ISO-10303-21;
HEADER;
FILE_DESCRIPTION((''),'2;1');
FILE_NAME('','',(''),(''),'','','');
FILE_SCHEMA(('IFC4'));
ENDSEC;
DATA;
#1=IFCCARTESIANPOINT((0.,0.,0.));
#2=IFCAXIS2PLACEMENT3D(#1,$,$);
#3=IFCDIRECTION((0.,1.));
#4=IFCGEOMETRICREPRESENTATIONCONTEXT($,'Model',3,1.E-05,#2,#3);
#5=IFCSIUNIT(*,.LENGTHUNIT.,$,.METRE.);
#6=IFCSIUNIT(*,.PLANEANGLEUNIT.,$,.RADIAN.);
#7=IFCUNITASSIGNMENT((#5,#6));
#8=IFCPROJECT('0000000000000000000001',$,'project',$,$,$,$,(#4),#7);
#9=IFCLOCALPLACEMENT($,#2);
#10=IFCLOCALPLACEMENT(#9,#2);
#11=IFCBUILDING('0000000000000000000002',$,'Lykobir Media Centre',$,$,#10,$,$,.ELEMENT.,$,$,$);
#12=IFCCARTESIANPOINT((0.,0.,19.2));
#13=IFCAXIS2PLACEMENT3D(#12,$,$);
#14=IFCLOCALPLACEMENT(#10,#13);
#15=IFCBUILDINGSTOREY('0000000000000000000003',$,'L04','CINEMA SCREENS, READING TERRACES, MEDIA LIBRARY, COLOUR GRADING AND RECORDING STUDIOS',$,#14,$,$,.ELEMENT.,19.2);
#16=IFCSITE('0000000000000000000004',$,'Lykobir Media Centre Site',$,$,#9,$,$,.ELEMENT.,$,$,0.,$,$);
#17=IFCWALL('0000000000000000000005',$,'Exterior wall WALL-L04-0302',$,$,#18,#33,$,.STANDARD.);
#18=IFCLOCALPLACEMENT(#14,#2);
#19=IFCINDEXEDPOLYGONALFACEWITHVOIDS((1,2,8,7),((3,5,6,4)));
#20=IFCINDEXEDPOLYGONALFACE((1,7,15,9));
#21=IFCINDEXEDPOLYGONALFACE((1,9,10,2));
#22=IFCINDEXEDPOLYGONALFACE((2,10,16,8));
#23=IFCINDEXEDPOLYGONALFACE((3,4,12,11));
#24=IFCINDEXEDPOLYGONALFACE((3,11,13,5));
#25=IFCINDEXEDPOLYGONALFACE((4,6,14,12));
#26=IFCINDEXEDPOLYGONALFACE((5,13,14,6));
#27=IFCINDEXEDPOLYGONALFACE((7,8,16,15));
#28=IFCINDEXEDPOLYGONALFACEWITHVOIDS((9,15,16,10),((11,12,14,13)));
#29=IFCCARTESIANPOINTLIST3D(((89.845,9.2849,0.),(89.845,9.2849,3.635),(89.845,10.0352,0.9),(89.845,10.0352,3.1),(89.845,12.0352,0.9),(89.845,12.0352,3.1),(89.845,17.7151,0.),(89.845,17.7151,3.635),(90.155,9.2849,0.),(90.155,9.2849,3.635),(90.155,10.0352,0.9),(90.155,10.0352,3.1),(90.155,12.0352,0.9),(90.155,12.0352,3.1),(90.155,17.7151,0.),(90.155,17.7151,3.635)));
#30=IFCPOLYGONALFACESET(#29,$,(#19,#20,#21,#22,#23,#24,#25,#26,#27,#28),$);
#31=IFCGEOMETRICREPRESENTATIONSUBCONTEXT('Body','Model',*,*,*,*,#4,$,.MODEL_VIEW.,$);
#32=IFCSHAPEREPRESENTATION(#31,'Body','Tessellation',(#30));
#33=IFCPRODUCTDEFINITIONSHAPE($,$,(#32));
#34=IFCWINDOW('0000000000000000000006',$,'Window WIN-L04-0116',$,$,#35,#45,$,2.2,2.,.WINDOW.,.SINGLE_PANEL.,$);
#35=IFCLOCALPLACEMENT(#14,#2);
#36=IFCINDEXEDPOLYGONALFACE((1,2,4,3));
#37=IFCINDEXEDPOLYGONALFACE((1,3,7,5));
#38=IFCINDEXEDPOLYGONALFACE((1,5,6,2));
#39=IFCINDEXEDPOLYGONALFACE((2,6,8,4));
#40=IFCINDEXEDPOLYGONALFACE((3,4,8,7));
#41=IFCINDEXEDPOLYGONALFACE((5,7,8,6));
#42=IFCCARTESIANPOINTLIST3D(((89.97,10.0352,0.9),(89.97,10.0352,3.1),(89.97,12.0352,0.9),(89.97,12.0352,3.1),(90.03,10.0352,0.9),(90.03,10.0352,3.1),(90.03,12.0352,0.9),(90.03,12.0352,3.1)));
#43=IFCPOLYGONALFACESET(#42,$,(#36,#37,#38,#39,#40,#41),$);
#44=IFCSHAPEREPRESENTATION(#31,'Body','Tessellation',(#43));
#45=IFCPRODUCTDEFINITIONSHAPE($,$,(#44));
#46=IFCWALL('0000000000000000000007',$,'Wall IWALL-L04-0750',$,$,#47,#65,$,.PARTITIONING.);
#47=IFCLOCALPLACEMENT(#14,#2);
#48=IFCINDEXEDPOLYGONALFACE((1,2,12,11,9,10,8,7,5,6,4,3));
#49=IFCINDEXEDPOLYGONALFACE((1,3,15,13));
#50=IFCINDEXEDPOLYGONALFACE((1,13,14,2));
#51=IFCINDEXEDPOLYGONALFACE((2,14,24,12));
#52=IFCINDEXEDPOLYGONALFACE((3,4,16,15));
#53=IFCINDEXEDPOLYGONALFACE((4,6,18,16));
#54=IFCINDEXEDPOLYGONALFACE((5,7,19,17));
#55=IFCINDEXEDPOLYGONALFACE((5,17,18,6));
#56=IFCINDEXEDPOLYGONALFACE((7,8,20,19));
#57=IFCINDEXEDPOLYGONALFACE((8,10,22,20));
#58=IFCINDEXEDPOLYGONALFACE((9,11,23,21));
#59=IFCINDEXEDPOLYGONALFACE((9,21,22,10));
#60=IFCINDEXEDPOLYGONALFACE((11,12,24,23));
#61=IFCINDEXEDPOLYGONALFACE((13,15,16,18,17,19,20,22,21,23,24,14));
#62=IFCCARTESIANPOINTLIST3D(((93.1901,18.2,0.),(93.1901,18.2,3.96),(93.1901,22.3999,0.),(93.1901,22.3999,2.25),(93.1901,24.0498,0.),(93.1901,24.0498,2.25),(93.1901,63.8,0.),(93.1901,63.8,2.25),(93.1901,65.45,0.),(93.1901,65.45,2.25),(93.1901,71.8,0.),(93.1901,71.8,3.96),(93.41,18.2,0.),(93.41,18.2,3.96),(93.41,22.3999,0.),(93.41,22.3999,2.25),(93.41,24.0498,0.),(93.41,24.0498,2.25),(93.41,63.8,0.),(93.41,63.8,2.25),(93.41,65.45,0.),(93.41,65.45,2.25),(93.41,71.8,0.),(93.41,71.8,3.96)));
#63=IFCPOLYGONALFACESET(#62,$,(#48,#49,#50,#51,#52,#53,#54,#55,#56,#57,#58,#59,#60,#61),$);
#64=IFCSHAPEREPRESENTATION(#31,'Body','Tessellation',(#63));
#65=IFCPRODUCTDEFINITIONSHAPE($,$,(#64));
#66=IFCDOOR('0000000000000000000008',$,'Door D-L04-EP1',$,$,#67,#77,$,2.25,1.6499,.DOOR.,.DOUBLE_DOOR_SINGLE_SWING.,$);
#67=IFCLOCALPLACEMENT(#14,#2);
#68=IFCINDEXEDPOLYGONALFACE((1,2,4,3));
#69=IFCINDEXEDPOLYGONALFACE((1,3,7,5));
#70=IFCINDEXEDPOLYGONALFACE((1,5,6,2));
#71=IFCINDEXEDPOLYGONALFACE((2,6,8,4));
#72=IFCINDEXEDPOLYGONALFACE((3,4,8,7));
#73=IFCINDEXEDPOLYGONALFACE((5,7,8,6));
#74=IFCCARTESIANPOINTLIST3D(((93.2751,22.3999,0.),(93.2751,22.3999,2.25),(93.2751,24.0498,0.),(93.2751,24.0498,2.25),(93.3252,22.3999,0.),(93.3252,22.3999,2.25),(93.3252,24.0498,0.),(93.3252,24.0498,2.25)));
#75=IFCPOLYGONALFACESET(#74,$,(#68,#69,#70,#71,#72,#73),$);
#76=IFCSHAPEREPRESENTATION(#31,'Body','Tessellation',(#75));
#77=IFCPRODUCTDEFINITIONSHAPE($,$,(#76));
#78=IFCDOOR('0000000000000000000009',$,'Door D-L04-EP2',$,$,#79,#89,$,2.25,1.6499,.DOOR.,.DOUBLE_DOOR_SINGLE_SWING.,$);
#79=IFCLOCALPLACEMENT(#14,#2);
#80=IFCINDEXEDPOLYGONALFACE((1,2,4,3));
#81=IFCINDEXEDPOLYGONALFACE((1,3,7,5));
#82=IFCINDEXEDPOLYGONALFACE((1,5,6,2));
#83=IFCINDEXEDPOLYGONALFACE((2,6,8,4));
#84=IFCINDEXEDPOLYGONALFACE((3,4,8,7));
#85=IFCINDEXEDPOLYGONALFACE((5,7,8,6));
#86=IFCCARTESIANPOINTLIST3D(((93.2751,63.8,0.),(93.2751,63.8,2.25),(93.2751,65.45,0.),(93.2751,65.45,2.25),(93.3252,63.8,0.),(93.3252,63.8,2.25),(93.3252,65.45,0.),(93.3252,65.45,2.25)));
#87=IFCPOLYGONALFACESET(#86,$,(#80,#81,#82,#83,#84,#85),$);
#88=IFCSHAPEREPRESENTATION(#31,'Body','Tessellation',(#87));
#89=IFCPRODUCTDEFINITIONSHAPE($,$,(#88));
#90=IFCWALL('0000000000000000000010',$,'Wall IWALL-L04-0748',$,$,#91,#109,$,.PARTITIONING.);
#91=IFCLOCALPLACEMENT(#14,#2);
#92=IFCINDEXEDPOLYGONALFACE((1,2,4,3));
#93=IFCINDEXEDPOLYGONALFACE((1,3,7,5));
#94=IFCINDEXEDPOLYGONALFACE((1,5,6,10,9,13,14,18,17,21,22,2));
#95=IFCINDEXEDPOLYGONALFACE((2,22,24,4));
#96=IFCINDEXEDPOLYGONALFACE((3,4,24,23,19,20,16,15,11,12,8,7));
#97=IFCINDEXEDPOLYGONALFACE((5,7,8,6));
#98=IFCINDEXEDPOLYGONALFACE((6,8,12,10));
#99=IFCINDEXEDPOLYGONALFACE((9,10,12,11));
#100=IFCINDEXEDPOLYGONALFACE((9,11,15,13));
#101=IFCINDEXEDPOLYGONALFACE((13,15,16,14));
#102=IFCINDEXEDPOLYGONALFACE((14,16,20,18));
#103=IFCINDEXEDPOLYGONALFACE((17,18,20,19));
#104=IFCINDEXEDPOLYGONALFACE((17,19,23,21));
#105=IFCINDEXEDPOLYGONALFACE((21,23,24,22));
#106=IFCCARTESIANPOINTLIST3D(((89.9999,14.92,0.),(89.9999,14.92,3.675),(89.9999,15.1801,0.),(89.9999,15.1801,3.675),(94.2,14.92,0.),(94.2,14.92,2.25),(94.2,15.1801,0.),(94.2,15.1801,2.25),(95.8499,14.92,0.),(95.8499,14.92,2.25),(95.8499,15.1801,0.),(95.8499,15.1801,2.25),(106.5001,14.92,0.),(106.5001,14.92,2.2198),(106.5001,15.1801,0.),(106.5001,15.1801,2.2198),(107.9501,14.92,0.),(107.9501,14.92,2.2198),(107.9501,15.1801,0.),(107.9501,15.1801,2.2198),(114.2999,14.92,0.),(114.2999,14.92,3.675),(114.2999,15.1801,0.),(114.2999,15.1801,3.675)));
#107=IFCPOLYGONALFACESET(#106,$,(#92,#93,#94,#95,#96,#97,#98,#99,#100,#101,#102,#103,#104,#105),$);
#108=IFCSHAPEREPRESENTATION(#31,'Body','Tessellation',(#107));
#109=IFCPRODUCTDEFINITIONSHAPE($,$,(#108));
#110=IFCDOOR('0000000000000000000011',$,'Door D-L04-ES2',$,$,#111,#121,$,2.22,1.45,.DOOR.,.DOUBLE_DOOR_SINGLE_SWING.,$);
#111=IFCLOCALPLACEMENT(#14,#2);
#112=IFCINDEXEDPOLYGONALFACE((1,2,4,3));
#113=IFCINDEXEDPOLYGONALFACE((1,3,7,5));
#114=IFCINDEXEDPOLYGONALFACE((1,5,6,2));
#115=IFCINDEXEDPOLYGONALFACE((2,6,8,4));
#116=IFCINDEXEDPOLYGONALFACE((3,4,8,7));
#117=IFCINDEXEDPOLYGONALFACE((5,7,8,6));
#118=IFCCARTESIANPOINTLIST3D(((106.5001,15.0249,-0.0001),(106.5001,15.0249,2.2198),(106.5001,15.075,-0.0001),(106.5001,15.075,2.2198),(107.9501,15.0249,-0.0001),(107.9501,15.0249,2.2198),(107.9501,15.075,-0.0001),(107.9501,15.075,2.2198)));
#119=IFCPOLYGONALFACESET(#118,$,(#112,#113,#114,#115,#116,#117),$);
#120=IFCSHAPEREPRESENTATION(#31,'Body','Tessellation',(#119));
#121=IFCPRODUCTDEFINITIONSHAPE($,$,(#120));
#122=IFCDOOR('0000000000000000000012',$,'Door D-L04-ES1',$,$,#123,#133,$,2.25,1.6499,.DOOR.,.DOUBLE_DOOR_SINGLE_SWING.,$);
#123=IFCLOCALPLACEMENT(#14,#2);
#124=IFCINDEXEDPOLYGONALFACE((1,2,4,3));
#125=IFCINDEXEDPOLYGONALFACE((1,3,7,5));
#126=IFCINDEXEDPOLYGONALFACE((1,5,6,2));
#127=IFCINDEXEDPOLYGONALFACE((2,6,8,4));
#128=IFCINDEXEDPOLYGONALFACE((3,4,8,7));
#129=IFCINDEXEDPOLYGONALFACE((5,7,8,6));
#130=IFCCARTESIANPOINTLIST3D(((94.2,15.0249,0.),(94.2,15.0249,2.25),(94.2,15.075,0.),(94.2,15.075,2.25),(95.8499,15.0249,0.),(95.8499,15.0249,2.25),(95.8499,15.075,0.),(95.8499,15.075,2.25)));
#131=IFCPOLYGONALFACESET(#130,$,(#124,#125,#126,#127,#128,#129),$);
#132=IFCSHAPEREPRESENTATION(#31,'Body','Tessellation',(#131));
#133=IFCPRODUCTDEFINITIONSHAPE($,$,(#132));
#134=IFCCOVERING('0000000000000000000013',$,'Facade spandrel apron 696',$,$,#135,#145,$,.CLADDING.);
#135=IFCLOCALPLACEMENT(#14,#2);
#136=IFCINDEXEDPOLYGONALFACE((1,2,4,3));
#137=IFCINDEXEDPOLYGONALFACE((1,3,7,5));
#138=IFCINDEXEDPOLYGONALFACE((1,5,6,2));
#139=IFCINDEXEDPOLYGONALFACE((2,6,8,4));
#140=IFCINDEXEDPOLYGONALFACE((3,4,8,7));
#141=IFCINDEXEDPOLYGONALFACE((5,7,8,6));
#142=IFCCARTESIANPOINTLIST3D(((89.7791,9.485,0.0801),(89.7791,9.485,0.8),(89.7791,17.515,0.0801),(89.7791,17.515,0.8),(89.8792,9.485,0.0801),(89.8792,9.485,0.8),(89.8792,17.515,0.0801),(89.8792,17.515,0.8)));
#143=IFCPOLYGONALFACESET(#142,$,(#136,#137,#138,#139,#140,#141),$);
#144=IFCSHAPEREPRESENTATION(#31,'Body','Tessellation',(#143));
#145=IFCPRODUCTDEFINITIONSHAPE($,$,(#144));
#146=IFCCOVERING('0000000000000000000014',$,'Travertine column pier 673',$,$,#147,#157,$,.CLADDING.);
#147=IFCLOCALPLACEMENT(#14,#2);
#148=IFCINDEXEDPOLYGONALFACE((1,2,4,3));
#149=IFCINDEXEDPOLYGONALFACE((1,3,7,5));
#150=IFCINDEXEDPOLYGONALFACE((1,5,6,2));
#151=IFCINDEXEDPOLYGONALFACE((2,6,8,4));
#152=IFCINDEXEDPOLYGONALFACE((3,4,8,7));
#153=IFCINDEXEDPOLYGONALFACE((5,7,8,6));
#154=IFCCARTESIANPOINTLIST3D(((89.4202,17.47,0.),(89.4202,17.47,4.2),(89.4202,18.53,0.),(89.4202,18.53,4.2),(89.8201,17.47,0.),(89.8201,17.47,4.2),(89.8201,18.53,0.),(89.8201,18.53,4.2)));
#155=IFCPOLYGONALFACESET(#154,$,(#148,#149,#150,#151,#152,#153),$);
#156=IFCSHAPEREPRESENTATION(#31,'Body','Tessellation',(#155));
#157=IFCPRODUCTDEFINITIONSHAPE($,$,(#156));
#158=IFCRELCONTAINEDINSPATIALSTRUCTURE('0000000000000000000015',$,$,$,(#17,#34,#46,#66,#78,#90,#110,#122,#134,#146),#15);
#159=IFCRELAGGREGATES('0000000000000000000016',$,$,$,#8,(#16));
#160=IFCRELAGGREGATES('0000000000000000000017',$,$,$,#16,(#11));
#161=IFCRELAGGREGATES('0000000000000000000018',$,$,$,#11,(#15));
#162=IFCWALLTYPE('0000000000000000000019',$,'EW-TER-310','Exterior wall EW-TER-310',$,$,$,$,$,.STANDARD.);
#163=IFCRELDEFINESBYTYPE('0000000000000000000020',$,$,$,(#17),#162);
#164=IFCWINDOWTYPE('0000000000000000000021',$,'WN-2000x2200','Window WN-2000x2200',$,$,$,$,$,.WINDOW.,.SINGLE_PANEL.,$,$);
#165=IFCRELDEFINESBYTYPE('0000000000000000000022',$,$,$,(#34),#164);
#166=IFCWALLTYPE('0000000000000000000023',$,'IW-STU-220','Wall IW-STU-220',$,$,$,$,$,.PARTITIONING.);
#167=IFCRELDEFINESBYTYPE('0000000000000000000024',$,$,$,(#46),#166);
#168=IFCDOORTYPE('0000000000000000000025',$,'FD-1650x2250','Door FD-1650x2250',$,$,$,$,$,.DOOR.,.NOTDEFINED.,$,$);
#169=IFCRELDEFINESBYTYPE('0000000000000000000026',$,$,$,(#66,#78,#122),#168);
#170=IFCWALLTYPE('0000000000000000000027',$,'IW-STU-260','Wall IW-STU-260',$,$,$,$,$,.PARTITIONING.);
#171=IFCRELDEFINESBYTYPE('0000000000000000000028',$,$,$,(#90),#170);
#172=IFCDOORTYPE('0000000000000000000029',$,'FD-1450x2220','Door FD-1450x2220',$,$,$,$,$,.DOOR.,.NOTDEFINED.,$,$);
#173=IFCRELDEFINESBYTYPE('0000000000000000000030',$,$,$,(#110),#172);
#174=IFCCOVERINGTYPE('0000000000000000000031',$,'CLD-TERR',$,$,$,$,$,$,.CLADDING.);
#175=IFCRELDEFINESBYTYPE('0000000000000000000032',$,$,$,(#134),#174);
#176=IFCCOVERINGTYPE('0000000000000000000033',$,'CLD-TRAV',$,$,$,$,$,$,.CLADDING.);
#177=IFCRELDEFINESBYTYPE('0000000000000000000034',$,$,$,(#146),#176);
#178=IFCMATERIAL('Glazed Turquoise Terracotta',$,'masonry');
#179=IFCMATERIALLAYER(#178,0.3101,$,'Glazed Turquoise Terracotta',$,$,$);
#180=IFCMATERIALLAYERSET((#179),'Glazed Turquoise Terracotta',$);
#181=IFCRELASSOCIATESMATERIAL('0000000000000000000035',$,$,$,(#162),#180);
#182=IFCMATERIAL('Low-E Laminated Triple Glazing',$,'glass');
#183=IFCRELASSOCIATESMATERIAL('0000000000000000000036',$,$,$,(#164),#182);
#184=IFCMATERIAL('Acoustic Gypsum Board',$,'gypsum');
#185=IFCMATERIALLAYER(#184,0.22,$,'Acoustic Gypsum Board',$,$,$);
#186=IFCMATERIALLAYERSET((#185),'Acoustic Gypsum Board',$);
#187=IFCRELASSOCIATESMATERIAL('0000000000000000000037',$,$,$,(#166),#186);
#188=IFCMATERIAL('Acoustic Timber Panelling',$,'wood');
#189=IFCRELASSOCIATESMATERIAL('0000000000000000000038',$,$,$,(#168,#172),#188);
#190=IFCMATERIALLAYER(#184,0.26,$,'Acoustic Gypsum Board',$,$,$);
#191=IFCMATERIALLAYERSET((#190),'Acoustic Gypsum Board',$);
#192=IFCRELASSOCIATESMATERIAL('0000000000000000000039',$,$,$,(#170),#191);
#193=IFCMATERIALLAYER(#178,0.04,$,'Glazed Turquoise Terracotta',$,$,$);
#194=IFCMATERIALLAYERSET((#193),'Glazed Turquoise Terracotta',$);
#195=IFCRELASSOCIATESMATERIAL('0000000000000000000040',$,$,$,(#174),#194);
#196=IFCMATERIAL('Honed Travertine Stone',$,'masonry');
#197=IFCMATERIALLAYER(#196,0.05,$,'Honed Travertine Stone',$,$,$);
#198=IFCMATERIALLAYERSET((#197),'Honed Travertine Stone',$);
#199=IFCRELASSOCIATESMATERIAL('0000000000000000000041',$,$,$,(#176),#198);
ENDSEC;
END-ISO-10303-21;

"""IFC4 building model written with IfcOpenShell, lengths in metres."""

from ifc_helpers import new_model, si_unit, direction, frame, frame_2d, origin, origin_2d, place, context, subcontext, project, spatial, rectangle, extrude, material, layer, layer_set, type_object, element, fill, save


model = new_model("IFC4")

# Units and contexts
model_context = context("Model", 3, precision=1e-05, world=origin(), true_north=direction((0.0, 1.0)))
body_context = subcontext(model_context, "Body", "Model", "MODEL_VIEW")
ifc_project = project(units=[si_unit("LENGTHUNIT", "METRE"), si_unit("PLANEANGLEUNIT", "RADIAN")], contexts=[model_context])

# Site, building, storey
site_placement = place(None, origin())
site = spatial("IfcSite", under=ifc_project, at=site_placement, Name="Lykobir Media Centre Site", CompositionType="ELEMENT", RefElevation=0.0)
building_placement = place(site_placement, origin())
building = spatial("IfcBuilding", under=site, at=building_placement, Name="Lykobir Media Centre", CompositionType="ELEMENT")
storey_placement = place(building_placement, frame((0.0, 0.0, 19.2)))
storey = spatial("IfcBuildingStorey", under=building, at=storey_placement, Name="L04", Description="CINEMA SCREENS, READING TERRACES, MEDIA LIBRARY, COLOUR GRADING AND RECORDING STUDIOS", CompositionType="ELEMENT", Elevation=19.2)

# Wall, opening, window
ifc_material_1 = material(Name="Glazed Turquoise Terracotta", Category="masonry")
ifc_layer_1 = layer(ifc_material_1, 0.3101, Name="Glazed Turquoise Terracotta")
ifc_layer_set_1 = layer_set([ifc_layer_1], Name="Glazed Turquoise Terracotta")
wall_type_1 = type_object("IfcWallType", Name="EW-TER-310", Description="Exterior wall EW-TER-310", PredefinedType="STANDARD", material=ifc_layer_set_1)
wall_1_placement = place(storey_placement, frame((90.0, 17.7151, 0.0), z_axis=(0.0, 0.0, 1.0), x_axis=(0.0, -1.0, 0.0)))
wall_1 = element("IfcWall", 1, at=wall_1_placement, inside=storey, type_object=wall_type_1, Name="Exterior wall WALL-L04-0302", PredefinedType="STANDARD", context=body_context, shape_type="SweptSolid", body=[
    extrude(rectangle(XDim=8.4302, YDim=0.3101, at=frame_2d((4.2151, 0.0))), origin(), (0.0, 0.0, 1.0), 3.635),
])
opening_1_placement = place(wall_1_placement, frame((5.6799, 0.0, 0.8999)))
opening_1 = element("IfcOpeningElement", 2, at=opening_1_placement, cuts=wall_1, PredefinedType="OPENING", context=body_context, shape_type="SweptSolid", body=[
    extrude(rectangle(XDim=2.0, YDim=2.2, at=frame_2d((1.0, 1.1001))), frame((0.0, 0.165, 0.0), z_axis=(0.0, -1.0, 0.0), x_axis=(1.0, 0.0, 0.0)), (0.0, 0.0, 1.0), 0.3301),
])
ifc_material_2 = material(Name="Low-E Laminated Triple Glazing", Category="glass")
window_type = type_object("IfcWindowType", Name="WN-2000x2200", Description="Window WN-2000x2200", PartitioningType="SINGLE_PANEL", PredefinedType="WINDOW", material=ifc_material_2)
window_placement = place(opening_1_placement, origin())
window = element("IfcWindow", 3, at=window_placement, inside=storey, type_object=window_type, Name="Window WIN-L04-0116", OverallHeight=2.2, OverallWidth=2.0, PartitioningType="SINGLE_PANEL", PredefinedType="WINDOW", context=body_context, shape_type="SweptSolid", body=[
    extrude(rectangle(XDim=2.0, YDim=2.2, at=frame_2d((1.0, 1.1001))), frame((0.0, 0.03, 0.0), z_axis=(0.0, -1.0, 0.0), x_axis=(1.0, 0.0, 0.0)), (0.0, 0.0, 1.0), 0.0601),
])
fill(opening_1, window)

# Walls, openings, doors
ifc_material_3 = material(Name="Acoustic Gypsum Board", Category="gypsum")
ifc_layer_2 = layer(ifc_material_3, 0.22, Name="Acoustic Gypsum Board")
ifc_layer_set_2 = layer_set([ifc_layer_2], Name="Acoustic Gypsum Board")
wall_type_2 = type_object("IfcWallType", Name="IW-STU-220", Description="Wall IW-STU-220", PredefinedType="PARTITIONING", material=ifc_layer_set_2)
wall_2_placement = place(storey_placement, frame((93.3, 18.2, 0.0), z_axis=(0.0, 0.0, 1.0), x_axis=(0.0, 1.0, 0.0)))
wall_2 = element("IfcWall", 4, at=wall_2_placement, inside=storey, type_object=wall_type_2, Name="Wall IWALL-L04-0750", PredefinedType="PARTITIONING", context=body_context, shape_type="SweptSolid", body=[
    extrude(rectangle(XDim=53.6001, YDim=0.22, at=frame_2d((26.8, 0.0))), origin(), (0.0, 0.0, 1.0), 3.96),
])
opening_2_placement = place(wall_2_placement, frame((4.2, 0.0, 0.0)))
opening_2 = element("IfcOpeningElement", 5, at=opening_2_placement, cuts=wall_2, PredefinedType="OPENING", context=body_context, shape_type="SweptSolid", body=[
    extrude(rectangle(XDim=1.6499, YDim=2.25, at=frame_2d((0.825, 1.125))), frame((0.0, 0.1199, 0.0), z_axis=(0.0, -1.0, 0.0), x_axis=(1.0, 0.0, 0.0)), (0.0, 0.0, 1.0), 0.24),
])
opening_3_placement = place(wall_2_placement, frame((45.6001, 0.0, 0.0)))
opening_3 = element("IfcOpeningElement", 6, at=opening_3_placement, cuts=wall_2, PredefinedType="OPENING", context=body_context, shape_type="SweptSolid", body=[
    extrude(rectangle(XDim=1.6499, YDim=2.25, at=frame_2d((0.825, 1.125))), frame((0.0, 0.1199, 0.0), z_axis=(0.0, -1.0, 0.0), x_axis=(1.0, 0.0, 0.0)), (0.0, 0.0, 1.0), 0.24),
])
ifc_material_4 = material(Name="Acoustic Timber Panelling", Category="wood")
door_type_1 = type_object("IfcDoorType", Name="FD-1650x2250", Description="Door FD-1650x2250", OperationType="NOTDEFINED", PredefinedType="DOOR", material=ifc_material_4)
door_1_placement = place(opening_2_placement, origin())
door_1 = element("IfcDoor", 7, at=door_1_placement, inside=storey, type_object=door_type_1, Name="Door D-L04-EP1", OperationType="DOUBLE_DOOR_SINGLE_SWING", OverallHeight=2.25, OverallWidth=1.6499, PredefinedType="DOOR", context=body_context, shape_type="SweptSolid", body=[
    extrude(rectangle(XDim=1.6499, YDim=2.25, at=frame_2d((0.825, 1.125))), frame((0.0, 0.0249, 0.0), z_axis=(0.0, -1.0, 0.0), x_axis=(1.0, 0.0, 0.0)), (0.0, 0.0, 1.0), 0.05),
])
fill(opening_2, door_1)
door_2_placement = place(opening_3_placement, origin())
door_2 = element("IfcDoor", 8, at=door_2_placement, inside=storey, type_object=door_type_1, Name="Door D-L04-EP2", OperationType="DOUBLE_DOOR_SINGLE_SWING", OverallHeight=2.25, OverallWidth=1.6499, PredefinedType="DOOR", context=body_context, shape_type="SweptSolid", body=[
    extrude(rectangle(XDim=1.6499, YDim=2.25, at=frame_2d((0.825, 1.125))), frame((0.0, 0.0249, 0.0), z_axis=(0.0, -1.0, 0.0), x_axis=(1.0, 0.0, 0.0)), (0.0, 0.0, 1.0), 0.05),
])
fill(opening_3, door_2)
ifc_layer_3 = layer(ifc_material_3, 0.26, Name="Acoustic Gypsum Board")
ifc_layer_set_3 = layer_set([ifc_layer_3], Name="Acoustic Gypsum Board")
wall_type_3 = type_object("IfcWallType", Name="IW-STU-260", Description="Wall IW-STU-260", PredefinedType="PARTITIONING", material=ifc_layer_set_3)
wall_3_placement = place(storey_placement, frame((90.0, 15.05, 0.0), z_axis=(0.0, 0.0, 1.0), x_axis=(1.0, 0.0, 0.0)))
wall_3 = element("IfcWall", 9, at=wall_3_placement, inside=storey, type_object=wall_type_3, Name="Wall IWALL-L04-0748", PredefinedType="PARTITIONING", context=body_context, shape_type="SweptSolid", body=[
    extrude(rectangle(XDim=24.3, YDim=0.26, at=frame_2d((12.1499, 0.0))), origin(), (0.0, 0.0, 1.0), 3.675),
])
opening_4_placement = place(wall_3_placement, frame((4.2, 0.0, 0.0)))
opening_4 = element("IfcOpeningElement", 10, at=opening_4_placement, cuts=wall_3, PredefinedType="OPENING", context=body_context, shape_type="SweptSolid", body=[
    extrude(rectangle(XDim=1.6499, YDim=2.25, at=frame_2d((0.825, 1.125))), frame((0.0, 0.1399, 0.0), z_axis=(0.0, -1.0, 0.0), x_axis=(1.0, 0.0, 0.0)), (0.0, 0.0, 1.0), 0.28),
])
opening_5_placement = place(wall_3_placement, frame((16.5, 0.0, 0.0)))
opening_5 = element("IfcOpeningElement", 11, at=opening_5_placement, cuts=wall_3, PredefinedType="OPENING", context=body_context, shape_type="SweptSolid", body=[
    extrude(rectangle(XDim=1.45, YDim=2.22, at=frame_2d((0.7251, 1.1099))), frame((0.0, 0.1399, 0.0), z_axis=(0.0, -1.0, 0.0), x_axis=(1.0, 0.0, 0.0)), (0.0, 0.0, 1.0), 0.28),
])
door_type_2 = type_object("IfcDoorType", Name="FD-1450x2220", Description="Door FD-1450x2220", OperationType="NOTDEFINED", PredefinedType="DOOR", material=ifc_material_4)
door_3_placement = place(opening_5_placement, origin())
door_3 = element("IfcDoor", 12, at=door_3_placement, inside=storey, type_object=door_type_2, Name="Door D-L04-ES2", OperationType="DOUBLE_DOOR_SINGLE_SWING", OverallHeight=2.22, OverallWidth=1.45, PredefinedType="DOOR", context=body_context, shape_type="SweptSolid", body=[
    extrude(rectangle(XDim=1.45, YDim=2.22, at=frame_2d((0.7251, 1.1099))), frame((0.0, 0.0249, 0.0), z_axis=(0.0, -1.0, 0.0), x_axis=(1.0, 0.0, 0.0)), (0.0, 0.0, 1.0), 0.05),
])
fill(opening_5, door_3)
door_4_placement = place(opening_4_placement, origin())
door_4 = element("IfcDoor", 13, at=door_4_placement, inside=storey, type_object=door_type_1, Name="Door D-L04-ES1", OperationType="DOUBLE_DOOR_SINGLE_SWING", OverallHeight=2.25, OverallWidth=1.6499, PredefinedType="DOOR", context=body_context, shape_type="SweptSolid", body=[
    extrude(rectangle(XDim=1.6499, YDim=2.25, at=frame_2d((0.825, 1.125))), frame((0.0, 0.0249, 0.0), z_axis=(0.0, -1.0, 0.0), x_axis=(1.0, 0.0, 0.0)), (0.0, 0.0, 1.0), 0.05),
])
fill(opening_4, door_4)

# Coverings
ifc_layer_4 = layer(ifc_material_1, 0.04, Name="Glazed Turquoise Terracotta")
ifc_layer_set_4 = layer_set([ifc_layer_4], Name="Glazed Turquoise Terracotta")
covering_type_1 = type_object("IfcCoveringType", Name="CLD-TERR", PredefinedType="CLADDING", material=ifc_layer_set_4)
covering_1_placement = place(storey_placement, frame((89.8291, 13.5, 0.0801), z_axis=(0.0, 0.0, 1.0), x_axis=(0.0, -1.0, 0.0)))
element("IfcCovering", 14, at=covering_1_placement, inside=storey, type_object=covering_type_1, Name="Facade spandrel apron 696", PredefinedType="CLADDING", context=body_context, shape_type="SweptSolid", body=[
    extrude(rectangle(XDim=8.03, YDim=0.1001, at=origin_2d()), origin(), (0.0, 0.0, 1.0), 0.72),
])
ifc_material_5 = material(Name="Honed Travertine Stone", Category="masonry")
ifc_layer_5 = layer(ifc_material_5, 0.05, Name="Honed Travertine Stone")
ifc_layer_set_5 = layer_set([ifc_layer_5], Name="Honed Travertine Stone")
covering_type_2 = type_object("IfcCoveringType", Name="CLD-TRAV", PredefinedType="CLADDING", material=ifc_layer_set_5)
covering_2_placement = place(storey_placement, frame((89.6201, 18.0, 0.0), z_axis=(0.0, 0.0, 1.0), x_axis=(0.0, -1.0, 0.0)))
element("IfcCovering", 15, at=covering_2_placement, inside=storey, type_object=covering_type_2, Name="Travertine column pier 673", PredefinedType="CLADDING", context=body_context, shape_type="SweptSolid", body=[
    extrude(rectangle(XDim=1.0601, YDim=0.3999, at=origin_2d()), origin(), (0.0, 0.0, 1.0), 4.2),
])

save(model, "model.ifc")
